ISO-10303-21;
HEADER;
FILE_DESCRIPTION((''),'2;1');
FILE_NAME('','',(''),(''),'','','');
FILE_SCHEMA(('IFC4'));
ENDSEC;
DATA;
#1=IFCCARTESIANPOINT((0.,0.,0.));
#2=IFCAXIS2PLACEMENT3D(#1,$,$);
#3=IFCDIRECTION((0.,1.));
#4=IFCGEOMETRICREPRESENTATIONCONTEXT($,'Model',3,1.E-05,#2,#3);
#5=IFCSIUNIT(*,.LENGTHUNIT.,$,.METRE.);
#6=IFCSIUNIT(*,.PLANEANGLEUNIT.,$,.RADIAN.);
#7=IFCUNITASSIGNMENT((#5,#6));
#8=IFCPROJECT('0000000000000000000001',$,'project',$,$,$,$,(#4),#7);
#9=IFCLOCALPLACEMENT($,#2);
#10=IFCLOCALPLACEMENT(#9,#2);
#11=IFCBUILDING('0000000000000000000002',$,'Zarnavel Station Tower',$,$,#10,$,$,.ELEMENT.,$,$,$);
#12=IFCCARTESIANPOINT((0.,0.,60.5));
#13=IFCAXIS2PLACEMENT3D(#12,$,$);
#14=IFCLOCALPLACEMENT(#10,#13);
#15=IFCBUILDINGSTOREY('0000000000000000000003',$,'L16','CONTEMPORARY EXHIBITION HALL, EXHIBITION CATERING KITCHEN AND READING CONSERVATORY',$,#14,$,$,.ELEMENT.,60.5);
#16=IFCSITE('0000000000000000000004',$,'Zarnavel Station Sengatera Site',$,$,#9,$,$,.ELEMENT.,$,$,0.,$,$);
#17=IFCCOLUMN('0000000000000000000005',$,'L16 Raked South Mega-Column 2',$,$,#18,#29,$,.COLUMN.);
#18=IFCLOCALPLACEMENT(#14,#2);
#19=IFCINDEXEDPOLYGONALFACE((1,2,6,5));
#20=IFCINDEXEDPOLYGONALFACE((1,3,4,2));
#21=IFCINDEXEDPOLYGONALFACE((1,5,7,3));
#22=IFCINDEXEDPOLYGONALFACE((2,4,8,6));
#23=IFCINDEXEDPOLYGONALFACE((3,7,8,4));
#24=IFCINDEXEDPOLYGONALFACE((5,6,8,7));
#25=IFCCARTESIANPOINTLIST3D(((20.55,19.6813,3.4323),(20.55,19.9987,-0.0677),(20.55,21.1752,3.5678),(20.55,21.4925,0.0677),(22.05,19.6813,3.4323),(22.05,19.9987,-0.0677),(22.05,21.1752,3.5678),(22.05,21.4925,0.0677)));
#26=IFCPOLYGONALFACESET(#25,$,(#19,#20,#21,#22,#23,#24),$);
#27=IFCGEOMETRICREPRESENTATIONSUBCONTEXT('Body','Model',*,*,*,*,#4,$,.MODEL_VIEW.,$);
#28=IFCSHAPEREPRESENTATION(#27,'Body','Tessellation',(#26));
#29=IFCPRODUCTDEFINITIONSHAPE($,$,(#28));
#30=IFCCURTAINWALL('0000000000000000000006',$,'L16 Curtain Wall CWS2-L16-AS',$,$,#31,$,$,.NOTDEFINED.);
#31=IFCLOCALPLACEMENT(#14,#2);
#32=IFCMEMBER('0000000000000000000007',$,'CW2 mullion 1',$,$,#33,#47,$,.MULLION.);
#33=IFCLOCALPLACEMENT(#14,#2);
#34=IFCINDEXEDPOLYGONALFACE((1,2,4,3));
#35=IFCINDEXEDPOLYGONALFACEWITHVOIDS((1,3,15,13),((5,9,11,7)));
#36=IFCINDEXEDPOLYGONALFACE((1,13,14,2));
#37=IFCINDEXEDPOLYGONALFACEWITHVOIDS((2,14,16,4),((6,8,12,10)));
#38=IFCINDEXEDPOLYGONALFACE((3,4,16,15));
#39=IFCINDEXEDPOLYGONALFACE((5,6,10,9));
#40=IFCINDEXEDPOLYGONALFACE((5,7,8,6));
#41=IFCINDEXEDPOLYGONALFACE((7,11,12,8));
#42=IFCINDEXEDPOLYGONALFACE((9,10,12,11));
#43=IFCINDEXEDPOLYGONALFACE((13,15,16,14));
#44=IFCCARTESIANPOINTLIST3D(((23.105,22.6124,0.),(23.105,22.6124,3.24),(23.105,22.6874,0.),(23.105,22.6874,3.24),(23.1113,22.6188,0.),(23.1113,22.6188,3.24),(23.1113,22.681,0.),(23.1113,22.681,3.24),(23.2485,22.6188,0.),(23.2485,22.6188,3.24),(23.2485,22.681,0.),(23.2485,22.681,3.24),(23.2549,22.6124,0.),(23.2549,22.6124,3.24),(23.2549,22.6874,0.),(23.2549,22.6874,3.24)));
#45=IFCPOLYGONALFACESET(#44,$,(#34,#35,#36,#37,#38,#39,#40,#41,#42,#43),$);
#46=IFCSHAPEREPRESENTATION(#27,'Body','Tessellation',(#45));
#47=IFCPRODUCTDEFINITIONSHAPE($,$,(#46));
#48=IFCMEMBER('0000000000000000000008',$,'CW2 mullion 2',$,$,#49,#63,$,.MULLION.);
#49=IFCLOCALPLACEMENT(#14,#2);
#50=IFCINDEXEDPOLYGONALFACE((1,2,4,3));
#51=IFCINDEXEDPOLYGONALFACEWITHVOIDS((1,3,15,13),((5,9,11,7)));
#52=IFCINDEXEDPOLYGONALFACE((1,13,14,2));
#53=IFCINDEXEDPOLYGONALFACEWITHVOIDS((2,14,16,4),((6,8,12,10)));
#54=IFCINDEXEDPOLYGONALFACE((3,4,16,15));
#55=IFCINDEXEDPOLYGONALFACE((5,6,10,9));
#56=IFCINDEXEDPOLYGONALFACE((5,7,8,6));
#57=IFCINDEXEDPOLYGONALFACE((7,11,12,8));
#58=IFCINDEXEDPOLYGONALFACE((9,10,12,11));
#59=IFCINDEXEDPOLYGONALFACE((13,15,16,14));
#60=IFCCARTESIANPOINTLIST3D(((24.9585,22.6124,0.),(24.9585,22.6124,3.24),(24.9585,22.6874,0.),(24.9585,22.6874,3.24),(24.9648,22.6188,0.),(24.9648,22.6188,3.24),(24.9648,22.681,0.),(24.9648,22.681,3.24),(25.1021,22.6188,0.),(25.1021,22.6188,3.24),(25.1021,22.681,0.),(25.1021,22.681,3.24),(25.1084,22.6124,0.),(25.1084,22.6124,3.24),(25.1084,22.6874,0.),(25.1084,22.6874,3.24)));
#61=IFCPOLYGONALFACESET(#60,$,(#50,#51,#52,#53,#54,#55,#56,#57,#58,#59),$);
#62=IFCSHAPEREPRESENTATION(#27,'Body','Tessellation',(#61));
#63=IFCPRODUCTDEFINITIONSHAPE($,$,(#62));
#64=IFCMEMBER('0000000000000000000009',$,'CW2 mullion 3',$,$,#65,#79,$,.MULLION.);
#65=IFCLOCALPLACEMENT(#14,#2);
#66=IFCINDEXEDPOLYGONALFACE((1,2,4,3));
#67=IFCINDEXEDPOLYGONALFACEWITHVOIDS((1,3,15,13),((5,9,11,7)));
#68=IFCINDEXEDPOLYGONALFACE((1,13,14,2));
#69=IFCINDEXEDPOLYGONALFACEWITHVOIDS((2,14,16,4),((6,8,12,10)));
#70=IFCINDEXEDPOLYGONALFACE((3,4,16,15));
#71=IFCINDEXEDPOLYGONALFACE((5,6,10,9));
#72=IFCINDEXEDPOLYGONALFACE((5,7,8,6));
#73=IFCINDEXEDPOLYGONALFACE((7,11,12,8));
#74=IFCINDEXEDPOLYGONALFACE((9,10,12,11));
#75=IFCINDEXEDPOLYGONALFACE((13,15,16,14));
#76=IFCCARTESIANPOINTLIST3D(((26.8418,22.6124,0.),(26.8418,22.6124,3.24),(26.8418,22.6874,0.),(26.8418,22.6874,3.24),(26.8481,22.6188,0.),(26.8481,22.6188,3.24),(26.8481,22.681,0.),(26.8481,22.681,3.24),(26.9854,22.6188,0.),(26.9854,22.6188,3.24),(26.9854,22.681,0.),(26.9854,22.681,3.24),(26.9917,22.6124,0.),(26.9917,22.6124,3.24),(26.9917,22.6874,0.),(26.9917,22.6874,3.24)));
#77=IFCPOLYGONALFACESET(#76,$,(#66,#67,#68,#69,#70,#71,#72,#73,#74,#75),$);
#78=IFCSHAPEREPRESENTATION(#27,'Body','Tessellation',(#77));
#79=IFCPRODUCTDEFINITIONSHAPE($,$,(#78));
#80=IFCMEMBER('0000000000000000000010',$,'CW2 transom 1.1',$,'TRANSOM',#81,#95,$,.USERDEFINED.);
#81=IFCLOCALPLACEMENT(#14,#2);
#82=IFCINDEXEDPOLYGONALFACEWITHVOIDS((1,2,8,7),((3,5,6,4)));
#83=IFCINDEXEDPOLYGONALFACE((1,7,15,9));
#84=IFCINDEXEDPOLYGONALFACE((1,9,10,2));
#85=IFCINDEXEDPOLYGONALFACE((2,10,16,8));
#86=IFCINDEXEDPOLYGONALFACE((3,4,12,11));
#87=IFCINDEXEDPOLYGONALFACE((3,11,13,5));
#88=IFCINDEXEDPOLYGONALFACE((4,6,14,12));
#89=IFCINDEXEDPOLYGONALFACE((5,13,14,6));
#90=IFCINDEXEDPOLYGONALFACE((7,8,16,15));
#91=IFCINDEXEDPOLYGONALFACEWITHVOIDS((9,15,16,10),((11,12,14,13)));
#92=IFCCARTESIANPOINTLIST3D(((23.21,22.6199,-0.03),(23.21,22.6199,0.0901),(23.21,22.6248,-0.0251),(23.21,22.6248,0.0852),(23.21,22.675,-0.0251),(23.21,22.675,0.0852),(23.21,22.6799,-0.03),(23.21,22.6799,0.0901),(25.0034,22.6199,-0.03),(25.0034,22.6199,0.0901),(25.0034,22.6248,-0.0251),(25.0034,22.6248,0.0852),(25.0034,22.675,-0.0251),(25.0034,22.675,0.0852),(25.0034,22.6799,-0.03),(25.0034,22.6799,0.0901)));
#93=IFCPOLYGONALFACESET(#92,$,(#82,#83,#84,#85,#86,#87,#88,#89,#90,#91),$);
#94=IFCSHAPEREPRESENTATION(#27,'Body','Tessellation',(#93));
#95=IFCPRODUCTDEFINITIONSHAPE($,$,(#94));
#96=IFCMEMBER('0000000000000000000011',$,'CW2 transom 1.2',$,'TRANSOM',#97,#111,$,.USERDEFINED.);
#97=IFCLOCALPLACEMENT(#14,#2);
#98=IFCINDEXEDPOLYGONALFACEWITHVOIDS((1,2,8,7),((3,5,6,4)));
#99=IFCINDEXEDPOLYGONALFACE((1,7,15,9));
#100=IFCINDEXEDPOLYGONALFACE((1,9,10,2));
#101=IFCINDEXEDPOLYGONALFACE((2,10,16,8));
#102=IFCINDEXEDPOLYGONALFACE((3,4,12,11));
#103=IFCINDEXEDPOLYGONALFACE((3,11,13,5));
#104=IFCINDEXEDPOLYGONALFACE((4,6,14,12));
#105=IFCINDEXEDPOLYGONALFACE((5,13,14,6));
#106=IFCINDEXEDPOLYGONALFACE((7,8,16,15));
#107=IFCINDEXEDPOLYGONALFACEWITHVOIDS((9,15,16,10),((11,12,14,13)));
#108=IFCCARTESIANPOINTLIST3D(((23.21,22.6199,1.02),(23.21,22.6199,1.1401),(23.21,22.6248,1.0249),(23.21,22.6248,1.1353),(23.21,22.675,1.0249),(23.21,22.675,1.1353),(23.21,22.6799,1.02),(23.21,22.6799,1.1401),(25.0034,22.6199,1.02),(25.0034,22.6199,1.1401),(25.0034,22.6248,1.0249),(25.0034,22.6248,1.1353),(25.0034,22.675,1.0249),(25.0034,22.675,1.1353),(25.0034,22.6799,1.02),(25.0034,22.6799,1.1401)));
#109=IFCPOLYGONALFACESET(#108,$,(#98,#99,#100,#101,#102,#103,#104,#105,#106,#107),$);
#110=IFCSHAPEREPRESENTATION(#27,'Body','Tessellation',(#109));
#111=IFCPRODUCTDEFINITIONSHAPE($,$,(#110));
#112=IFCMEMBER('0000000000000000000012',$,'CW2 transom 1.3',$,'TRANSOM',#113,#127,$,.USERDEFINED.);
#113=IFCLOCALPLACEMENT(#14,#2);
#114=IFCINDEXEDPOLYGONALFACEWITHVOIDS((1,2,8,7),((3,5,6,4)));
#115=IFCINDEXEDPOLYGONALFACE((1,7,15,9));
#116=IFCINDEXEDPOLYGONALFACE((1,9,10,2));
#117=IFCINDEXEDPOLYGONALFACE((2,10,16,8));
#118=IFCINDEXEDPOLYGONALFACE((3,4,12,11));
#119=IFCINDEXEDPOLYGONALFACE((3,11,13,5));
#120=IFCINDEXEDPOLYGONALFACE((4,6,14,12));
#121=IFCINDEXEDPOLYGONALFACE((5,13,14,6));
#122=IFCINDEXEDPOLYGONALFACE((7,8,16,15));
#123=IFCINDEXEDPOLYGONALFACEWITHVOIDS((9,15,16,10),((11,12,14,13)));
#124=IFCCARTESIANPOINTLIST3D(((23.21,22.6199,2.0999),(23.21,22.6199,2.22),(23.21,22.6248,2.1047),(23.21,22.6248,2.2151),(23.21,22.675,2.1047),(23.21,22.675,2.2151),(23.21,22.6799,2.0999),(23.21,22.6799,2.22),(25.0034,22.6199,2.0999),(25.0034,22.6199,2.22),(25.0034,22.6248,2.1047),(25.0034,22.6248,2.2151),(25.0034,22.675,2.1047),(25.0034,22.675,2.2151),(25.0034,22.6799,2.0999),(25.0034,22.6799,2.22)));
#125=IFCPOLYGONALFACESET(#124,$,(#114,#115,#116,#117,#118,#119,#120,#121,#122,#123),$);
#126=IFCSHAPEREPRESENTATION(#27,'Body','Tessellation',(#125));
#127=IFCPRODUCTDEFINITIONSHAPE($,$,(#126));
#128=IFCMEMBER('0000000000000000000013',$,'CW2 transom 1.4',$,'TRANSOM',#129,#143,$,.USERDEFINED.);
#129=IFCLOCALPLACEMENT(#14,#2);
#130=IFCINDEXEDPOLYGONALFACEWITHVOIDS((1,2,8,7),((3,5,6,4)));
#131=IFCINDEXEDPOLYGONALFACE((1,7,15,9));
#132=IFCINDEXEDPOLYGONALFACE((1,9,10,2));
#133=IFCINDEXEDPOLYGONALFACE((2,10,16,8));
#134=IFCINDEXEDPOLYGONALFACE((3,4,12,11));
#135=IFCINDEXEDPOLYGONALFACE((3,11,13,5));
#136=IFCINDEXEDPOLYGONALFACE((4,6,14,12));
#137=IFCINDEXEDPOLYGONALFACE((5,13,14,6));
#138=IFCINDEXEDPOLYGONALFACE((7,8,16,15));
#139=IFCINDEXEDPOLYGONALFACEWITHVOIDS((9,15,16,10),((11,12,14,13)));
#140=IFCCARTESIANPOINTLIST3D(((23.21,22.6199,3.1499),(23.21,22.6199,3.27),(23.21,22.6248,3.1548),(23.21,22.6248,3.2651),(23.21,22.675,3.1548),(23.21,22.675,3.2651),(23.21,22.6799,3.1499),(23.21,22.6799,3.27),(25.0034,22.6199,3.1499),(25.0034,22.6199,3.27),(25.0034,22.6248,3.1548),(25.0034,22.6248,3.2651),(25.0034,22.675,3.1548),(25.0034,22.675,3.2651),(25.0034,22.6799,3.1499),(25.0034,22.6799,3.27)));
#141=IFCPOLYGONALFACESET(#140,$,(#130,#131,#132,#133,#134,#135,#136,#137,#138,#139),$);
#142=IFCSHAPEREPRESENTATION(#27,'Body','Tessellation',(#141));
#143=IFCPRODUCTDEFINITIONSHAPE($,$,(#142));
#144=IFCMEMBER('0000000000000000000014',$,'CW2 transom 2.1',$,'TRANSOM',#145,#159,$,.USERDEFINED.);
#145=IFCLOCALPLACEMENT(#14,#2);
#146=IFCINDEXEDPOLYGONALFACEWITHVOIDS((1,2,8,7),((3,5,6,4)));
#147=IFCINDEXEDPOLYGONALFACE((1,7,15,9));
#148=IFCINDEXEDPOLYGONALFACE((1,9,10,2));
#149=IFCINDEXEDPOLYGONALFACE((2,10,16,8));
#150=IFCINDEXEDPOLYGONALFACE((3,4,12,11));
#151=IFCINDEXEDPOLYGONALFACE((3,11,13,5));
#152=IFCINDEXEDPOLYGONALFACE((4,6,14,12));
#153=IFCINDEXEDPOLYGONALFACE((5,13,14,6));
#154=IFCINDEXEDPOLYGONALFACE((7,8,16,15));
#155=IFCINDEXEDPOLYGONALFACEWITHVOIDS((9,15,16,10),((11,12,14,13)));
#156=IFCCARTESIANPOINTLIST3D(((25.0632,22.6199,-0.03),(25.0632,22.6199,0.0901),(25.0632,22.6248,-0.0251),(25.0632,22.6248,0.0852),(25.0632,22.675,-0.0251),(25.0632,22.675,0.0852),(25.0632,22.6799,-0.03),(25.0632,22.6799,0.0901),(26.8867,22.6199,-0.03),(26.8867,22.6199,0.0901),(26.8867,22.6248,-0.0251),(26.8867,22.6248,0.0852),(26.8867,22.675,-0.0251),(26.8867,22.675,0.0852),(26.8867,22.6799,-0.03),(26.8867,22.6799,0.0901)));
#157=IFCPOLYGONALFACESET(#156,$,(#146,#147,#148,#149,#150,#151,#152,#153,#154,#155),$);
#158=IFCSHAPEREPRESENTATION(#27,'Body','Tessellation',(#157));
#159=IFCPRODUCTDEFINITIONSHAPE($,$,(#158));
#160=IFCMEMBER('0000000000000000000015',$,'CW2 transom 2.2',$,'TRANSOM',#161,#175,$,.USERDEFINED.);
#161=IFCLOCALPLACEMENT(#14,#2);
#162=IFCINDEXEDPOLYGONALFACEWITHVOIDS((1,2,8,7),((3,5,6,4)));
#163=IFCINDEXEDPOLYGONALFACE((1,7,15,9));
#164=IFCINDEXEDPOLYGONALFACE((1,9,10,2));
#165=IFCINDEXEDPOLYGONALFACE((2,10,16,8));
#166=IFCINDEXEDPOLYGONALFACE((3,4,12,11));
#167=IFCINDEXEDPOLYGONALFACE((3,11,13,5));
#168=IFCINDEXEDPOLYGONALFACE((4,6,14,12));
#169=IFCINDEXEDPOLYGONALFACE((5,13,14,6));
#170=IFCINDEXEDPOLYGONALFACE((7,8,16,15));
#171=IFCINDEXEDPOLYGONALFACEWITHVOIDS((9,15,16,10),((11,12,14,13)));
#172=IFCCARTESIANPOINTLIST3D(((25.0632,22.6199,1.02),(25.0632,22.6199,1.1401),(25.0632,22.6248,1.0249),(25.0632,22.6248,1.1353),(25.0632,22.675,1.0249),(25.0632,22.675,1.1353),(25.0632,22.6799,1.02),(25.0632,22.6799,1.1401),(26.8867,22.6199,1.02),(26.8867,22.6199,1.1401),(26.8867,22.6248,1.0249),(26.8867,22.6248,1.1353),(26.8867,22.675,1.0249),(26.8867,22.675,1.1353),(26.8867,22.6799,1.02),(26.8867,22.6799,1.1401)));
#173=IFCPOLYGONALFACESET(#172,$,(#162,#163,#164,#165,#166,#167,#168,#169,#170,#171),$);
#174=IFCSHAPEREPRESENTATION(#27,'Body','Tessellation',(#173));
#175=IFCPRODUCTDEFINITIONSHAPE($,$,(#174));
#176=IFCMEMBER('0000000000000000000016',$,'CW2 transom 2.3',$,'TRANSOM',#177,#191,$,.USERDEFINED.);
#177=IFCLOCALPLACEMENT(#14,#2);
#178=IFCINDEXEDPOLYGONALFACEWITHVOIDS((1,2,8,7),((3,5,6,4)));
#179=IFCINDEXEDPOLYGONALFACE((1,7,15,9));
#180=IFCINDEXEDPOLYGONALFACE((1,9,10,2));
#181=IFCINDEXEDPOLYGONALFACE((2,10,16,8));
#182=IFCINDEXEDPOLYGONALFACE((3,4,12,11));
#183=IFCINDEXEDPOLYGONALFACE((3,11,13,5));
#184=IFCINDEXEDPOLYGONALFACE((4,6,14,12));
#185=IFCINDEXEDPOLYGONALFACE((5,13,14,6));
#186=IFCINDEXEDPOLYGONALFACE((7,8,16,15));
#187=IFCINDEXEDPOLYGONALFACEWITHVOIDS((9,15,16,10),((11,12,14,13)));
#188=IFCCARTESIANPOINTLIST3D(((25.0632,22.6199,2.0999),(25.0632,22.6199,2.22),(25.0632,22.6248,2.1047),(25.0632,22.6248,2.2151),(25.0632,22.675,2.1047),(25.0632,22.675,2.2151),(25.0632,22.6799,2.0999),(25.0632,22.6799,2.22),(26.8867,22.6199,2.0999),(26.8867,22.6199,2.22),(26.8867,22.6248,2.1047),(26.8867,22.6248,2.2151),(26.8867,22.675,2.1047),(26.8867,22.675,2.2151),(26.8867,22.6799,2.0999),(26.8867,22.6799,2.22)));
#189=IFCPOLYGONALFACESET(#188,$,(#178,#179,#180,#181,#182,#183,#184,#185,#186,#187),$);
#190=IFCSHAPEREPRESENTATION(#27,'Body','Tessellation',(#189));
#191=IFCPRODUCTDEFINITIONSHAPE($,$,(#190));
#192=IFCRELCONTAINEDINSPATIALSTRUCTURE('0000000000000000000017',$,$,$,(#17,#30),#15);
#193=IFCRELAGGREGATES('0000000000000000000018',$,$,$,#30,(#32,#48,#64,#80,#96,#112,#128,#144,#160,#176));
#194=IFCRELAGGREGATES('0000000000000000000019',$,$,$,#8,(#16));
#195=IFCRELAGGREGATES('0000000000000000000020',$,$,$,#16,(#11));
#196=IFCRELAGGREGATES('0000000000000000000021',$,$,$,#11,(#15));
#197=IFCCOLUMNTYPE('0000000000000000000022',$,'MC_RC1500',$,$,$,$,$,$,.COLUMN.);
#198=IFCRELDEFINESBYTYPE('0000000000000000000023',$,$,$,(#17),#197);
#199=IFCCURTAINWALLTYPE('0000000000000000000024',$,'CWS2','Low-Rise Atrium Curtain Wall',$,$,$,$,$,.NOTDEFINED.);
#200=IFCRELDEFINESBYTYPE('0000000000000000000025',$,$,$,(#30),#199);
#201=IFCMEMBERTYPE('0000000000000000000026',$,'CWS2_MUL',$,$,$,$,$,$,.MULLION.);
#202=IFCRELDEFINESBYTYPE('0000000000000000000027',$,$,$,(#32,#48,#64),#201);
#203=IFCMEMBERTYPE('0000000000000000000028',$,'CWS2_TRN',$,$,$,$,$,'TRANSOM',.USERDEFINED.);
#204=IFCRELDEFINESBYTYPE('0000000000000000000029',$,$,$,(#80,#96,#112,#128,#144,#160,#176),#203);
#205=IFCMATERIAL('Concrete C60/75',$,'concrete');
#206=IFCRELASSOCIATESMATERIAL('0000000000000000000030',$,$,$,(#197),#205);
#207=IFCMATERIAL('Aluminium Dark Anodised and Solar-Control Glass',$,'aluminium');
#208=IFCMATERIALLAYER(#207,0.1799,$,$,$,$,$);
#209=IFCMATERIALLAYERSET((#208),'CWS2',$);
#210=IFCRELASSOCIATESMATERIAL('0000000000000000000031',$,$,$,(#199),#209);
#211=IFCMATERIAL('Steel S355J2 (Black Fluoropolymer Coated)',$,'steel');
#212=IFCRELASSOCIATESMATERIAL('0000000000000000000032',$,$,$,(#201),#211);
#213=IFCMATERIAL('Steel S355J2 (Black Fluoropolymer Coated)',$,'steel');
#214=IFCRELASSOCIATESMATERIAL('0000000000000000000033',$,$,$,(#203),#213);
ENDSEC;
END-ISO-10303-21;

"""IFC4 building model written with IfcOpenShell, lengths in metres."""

from ifc_helpers import new_model, si_unit, direction, frame, origin, origin_2d, place, context, subcontext, project, spatial, rectangle, hollow_rectangle, extrude, material, layer, layer_set, material_profile, profile_set, type_object, element, aggregate, save


model = new_model("IFC4")

# Units and contexts
model_context = context("Model", 3, precision=1e-05, world=origin(), true_north=direction((0.0, 1.0)))
body_context = subcontext(model_context, "Body", "Model", "MODEL_VIEW")
ifc_project = project(units=[si_unit("LENGTHUNIT", "METRE"), si_unit("PLANEANGLEUNIT", "RADIAN")], contexts=[model_context])

# Site, building, storey
site_placement = place(None, origin())
site = spatial("IfcSite", under=ifc_project, at=site_placement, Name="Zarnavel Station Sengatera Site", CompositionType="ELEMENT", RefElevation=0.0)
building_placement = place(site_placement, origin())
building = spatial("IfcBuilding", under=site, at=building_placement, Name="Zarnavel Station Tower", CompositionType="ELEMENT")
storey_placement = place(building_placement, frame((0.0, 0.0, 60.5)))
storey = spatial("IfcBuildingStorey", under=building, at=storey_placement, Name="L16", Description="CONTEMPORARY EXHIBITION HALL, EXHIBITION CATERING KITCHEN AND READING CONSERVATORY", CompositionType="ELEMENT", Elevation=60.5)

# Column
ifc_material_1 = material(Name="Concrete C60/75", Category="concrete")
ifc_material_profile_1 = material_profile(ifc_material_1, rectangle(XDim=1.5, YDim=1.5, at=origin_2d()), Name="RC1500x1500")
ifc_profile_set_1 = profile_set([ifc_material_profile_1], Name="Concrete C60/75")
column_type = type_object("IfcColumnType", Name="MC_RC1500", PredefinedType="COLUMN", material=ifc_profile_set_1)
column_placement = place(storey_placement, frame((21.3, 20.7456, 0.0), z_axis=(0.0, -0.09031, 0.995914), x_axis=(1.0, 0.0, 0.0)))
element("IfcColumn", 1, at=column_placement, inside=storey, type_object=column_type, Name="L16 Raked South Mega-Column 2", PredefinedType="COLUMN", context=body_context, shape_type="SweptSolid", body=[
    extrude(rectangle(XDim=1.5, YDim=1.5, at=origin_2d()), origin(), (0.0, 0.0, 1.0), 3.5144),
])

# Curtain wall, members
ifc_material_2 = material(Name="Aluminium Dark Anodised and Solar-Control Glass", Category="aluminium")
ifc_layer_1 = layer(ifc_material_2, 0.1799)
ifc_layer_set_1 = layer_set([ifc_layer_1], Name="CWS2")
curtain_wall_type = type_object("IfcCurtainWallType", Name="CWS2", Description="Low-Rise Atrium Curtain Wall", PredefinedType="NOTDEFINED", material=ifc_layer_set_1)
curtain_wall_placement = place(storey_placement, origin())
curtain_wall = element("IfcCurtainWall", 2, at=curtain_wall_placement, inside=storey, type_object=curtain_wall_type, Name="L16 Curtain Wall CWS2-L16-AS", PredefinedType="NOTDEFINED")
ifc_material_3 = material(Name="Steel S355J2 (Black Fluoropolymer Coated)", Category="steel")
ifc_material_profile_2 = material_profile(ifc_material_3, hollow_rectangle(XDim=0.075, YDim=0.1499, WallThickness=0.0063, at=origin_2d()), Name="RHS150x75x6.3")
ifc_profile_set_2 = profile_set([ifc_material_profile_2], Name="Steel S355J2 (Black Fluoropolymer Coated)")
member_type_1 = type_object("IfcMemberType", Name="CWS2_MUL", PredefinedType="MULLION", material=ifc_profile_set_2)
member_1_placement = place(storey_placement, frame((23.1799, 22.6499, 0.0), z_axis=(0.0, 0.0, 1.0), x_axis=(0.0, 1.0, 0.0)))
member_1 = element("IfcMember", 3, at=member_1_placement, type_object=member_type_1, Name="CW2 mullion 1", PredefinedType="MULLION", context=body_context, shape_type="SweptSolid", body=[
    extrude(hollow_rectangle(XDim=0.075, YDim=0.1499, WallThickness=0.0063, at=origin_2d()), origin(), (0.0, 0.0, 1.0), 3.24),
])
member_2_placement = place(storey_placement, frame((25.0334, 22.6499, 0.0), z_axis=(0.0, 0.0, 1.0), x_axis=(0.0, 1.0, 0.0)))
member_2 = element("IfcMember", 4, at=member_2_placement, type_object=member_type_1, Name="CW2 mullion 2", PredefinedType="MULLION", context=body_context, shape_type="SweptSolid", body=[
    extrude(hollow_rectangle(XDim=0.075, YDim=0.1499, WallThickness=0.0063, at=origin_2d()), origin(), (0.0, 0.0, 1.0), 3.24),
])
member_3_placement = place(storey_placement, frame((26.9167, 22.6499, 0.0), z_axis=(0.0, 0.0, 1.0), x_axis=(0.0, 1.0, 0.0)))
member_3 = element("IfcMember", 5, at=member_3_placement, type_object=member_type_1, Name="CW2 mullion 3", PredefinedType="MULLION", context=body_context, shape_type="SweptSolid", body=[
    extrude(hollow_rectangle(XDim=0.075, YDim=0.1499, WallThickness=0.0063, at=origin_2d()), origin(), (0.0, 0.0, 1.0), 3.24),
])
ifc_material_4 = material(Name="Steel S355J2 (Black Fluoropolymer Coated)", Category="steel")
ifc_material_profile_3 = material_profile(ifc_material_4, hollow_rectangle(XDim=0.0601, YDim=0.1201, WallThickness=0.0049, at=origin_2d()), Name="RHS120x60x5")
ifc_profile_set_3 = profile_set([ifc_material_profile_3], Name="Steel S355J2 (Black Fluoropolymer Coated)")
member_type_2 = type_object("IfcMemberType", Name="CWS2_TRN", ElementType="TRANSOM", PredefinedType="USERDEFINED", material=ifc_profile_set_3)
member_4_placement = place(storey_placement, frame((23.21, 22.6499, 0.03), z_axis=(1.0, 0.0, 0.0), x_axis=(0.0, 1.0, 0.0)))
member_4 = element("IfcMember", 6, at=member_4_placement, type_object=member_type_2, Name="CW2 transom 1.1", ObjectType="TRANSOM", PredefinedType="USERDEFINED", context=body_context, shape_type="SweptSolid", body=[
    extrude(hollow_rectangle(XDim=0.0601, YDim=0.1201, WallThickness=0.0049, at=origin_2d()), origin(), (0.0, 0.0, 1.0), 1.7935),
])
member_5_placement = place(storey_placement, frame((23.21, 22.6499, 1.0801), z_axis=(1.0, 0.0, 0.0), x_axis=(0.0, 1.0, 0.0)))
member_5 = element("IfcMember", 7, at=member_5_placement, type_object=member_type_2, Name="CW2 transom 1.2", ObjectType="TRANSOM", PredefinedType="USERDEFINED", context=body_context, shape_type="SweptSolid", body=[
    extrude(hollow_rectangle(XDim=0.0601, YDim=0.1201, WallThickness=0.0049, at=origin_2d()), origin(), (0.0, 0.0, 1.0), 1.7935),
])
member_6_placement = place(storey_placement, frame((23.21, 22.6499, 2.1599), z_axis=(1.0, 0.0, 0.0), x_axis=(0.0, 1.0, 0.0)))
member_6 = element("IfcMember", 8, at=member_6_placement, type_object=member_type_2, Name="CW2 transom 1.3", ObjectType="TRANSOM", PredefinedType="USERDEFINED", context=body_context, shape_type="SweptSolid", body=[
    extrude(hollow_rectangle(XDim=0.0601, YDim=0.1201, WallThickness=0.0049, at=origin_2d()), origin(), (0.0, 0.0, 1.0), 1.7935),
])
member_7_placement = place(storey_placement, frame((23.21, 22.6499, 3.21), z_axis=(1.0, 0.0, 0.0), x_axis=(0.0, 1.0, 0.0)))
member_7 = element("IfcMember", 9, at=member_7_placement, type_object=member_type_2, Name="CW2 transom 1.4", ObjectType="TRANSOM", PredefinedType="USERDEFINED", context=body_context, shape_type="SweptSolid", body=[
    extrude(hollow_rectangle(XDim=0.0601, YDim=0.1201, WallThickness=0.0049, at=origin_2d()), origin(), (0.0, 0.0, 1.0), 1.7935),
])
member_8_placement = place(storey_placement, frame((25.0632, 22.6499, 0.03), z_axis=(1.0, 0.0, 0.0), x_axis=(0.0, 1.0, 0.0)))
member_8 = element("IfcMember", 10, at=member_8_placement, type_object=member_type_2, Name="CW2 transom 2.1", ObjectType="TRANSOM", PredefinedType="USERDEFINED", context=body_context, shape_type="SweptSolid", body=[
    extrude(hollow_rectangle(XDim=0.0601, YDim=0.1201, WallThickness=0.0049, at=origin_2d()), origin(), (0.0, 0.0, 1.0), 1.8235),
])
member_9_placement = place(storey_placement, frame((25.0632, 22.6499, 1.0801), z_axis=(1.0, 0.0, 0.0), x_axis=(0.0, 1.0, 0.0)))
member_9 = element("IfcMember", 11, at=member_9_placement, type_object=member_type_2, Name="CW2 transom 2.2", ObjectType="TRANSOM", PredefinedType="USERDEFINED", context=body_context, shape_type="SweptSolid", body=[
    extrude(hollow_rectangle(XDim=0.0601, YDim=0.1201, WallThickness=0.0049, at=origin_2d()), origin(), (0.0, 0.0, 1.0), 1.8235),
])
member_10_placement = place(storey_placement, frame((25.0632, 22.6499, 2.1599), z_axis=(1.0, 0.0, 0.0), x_axis=(0.0, 1.0, 0.0)))
member_10 = element("IfcMember", 12, at=member_10_placement, type_object=member_type_2, Name="CW2 transom 2.3", ObjectType="TRANSOM", PredefinedType="USERDEFINED", context=body_context, shape_type="SweptSolid", body=[
    extrude(hollow_rectangle(XDim=0.0601, YDim=0.1201, WallThickness=0.0049, at=origin_2d()), origin(), (0.0, 0.0, 1.0), 1.8235),
])

aggregate(curtain_wall, [member_1, member_2, member_3, member_4, member_5, member_6, member_7, member_8, member_9, member_10])

save(model, "model.ifc")
